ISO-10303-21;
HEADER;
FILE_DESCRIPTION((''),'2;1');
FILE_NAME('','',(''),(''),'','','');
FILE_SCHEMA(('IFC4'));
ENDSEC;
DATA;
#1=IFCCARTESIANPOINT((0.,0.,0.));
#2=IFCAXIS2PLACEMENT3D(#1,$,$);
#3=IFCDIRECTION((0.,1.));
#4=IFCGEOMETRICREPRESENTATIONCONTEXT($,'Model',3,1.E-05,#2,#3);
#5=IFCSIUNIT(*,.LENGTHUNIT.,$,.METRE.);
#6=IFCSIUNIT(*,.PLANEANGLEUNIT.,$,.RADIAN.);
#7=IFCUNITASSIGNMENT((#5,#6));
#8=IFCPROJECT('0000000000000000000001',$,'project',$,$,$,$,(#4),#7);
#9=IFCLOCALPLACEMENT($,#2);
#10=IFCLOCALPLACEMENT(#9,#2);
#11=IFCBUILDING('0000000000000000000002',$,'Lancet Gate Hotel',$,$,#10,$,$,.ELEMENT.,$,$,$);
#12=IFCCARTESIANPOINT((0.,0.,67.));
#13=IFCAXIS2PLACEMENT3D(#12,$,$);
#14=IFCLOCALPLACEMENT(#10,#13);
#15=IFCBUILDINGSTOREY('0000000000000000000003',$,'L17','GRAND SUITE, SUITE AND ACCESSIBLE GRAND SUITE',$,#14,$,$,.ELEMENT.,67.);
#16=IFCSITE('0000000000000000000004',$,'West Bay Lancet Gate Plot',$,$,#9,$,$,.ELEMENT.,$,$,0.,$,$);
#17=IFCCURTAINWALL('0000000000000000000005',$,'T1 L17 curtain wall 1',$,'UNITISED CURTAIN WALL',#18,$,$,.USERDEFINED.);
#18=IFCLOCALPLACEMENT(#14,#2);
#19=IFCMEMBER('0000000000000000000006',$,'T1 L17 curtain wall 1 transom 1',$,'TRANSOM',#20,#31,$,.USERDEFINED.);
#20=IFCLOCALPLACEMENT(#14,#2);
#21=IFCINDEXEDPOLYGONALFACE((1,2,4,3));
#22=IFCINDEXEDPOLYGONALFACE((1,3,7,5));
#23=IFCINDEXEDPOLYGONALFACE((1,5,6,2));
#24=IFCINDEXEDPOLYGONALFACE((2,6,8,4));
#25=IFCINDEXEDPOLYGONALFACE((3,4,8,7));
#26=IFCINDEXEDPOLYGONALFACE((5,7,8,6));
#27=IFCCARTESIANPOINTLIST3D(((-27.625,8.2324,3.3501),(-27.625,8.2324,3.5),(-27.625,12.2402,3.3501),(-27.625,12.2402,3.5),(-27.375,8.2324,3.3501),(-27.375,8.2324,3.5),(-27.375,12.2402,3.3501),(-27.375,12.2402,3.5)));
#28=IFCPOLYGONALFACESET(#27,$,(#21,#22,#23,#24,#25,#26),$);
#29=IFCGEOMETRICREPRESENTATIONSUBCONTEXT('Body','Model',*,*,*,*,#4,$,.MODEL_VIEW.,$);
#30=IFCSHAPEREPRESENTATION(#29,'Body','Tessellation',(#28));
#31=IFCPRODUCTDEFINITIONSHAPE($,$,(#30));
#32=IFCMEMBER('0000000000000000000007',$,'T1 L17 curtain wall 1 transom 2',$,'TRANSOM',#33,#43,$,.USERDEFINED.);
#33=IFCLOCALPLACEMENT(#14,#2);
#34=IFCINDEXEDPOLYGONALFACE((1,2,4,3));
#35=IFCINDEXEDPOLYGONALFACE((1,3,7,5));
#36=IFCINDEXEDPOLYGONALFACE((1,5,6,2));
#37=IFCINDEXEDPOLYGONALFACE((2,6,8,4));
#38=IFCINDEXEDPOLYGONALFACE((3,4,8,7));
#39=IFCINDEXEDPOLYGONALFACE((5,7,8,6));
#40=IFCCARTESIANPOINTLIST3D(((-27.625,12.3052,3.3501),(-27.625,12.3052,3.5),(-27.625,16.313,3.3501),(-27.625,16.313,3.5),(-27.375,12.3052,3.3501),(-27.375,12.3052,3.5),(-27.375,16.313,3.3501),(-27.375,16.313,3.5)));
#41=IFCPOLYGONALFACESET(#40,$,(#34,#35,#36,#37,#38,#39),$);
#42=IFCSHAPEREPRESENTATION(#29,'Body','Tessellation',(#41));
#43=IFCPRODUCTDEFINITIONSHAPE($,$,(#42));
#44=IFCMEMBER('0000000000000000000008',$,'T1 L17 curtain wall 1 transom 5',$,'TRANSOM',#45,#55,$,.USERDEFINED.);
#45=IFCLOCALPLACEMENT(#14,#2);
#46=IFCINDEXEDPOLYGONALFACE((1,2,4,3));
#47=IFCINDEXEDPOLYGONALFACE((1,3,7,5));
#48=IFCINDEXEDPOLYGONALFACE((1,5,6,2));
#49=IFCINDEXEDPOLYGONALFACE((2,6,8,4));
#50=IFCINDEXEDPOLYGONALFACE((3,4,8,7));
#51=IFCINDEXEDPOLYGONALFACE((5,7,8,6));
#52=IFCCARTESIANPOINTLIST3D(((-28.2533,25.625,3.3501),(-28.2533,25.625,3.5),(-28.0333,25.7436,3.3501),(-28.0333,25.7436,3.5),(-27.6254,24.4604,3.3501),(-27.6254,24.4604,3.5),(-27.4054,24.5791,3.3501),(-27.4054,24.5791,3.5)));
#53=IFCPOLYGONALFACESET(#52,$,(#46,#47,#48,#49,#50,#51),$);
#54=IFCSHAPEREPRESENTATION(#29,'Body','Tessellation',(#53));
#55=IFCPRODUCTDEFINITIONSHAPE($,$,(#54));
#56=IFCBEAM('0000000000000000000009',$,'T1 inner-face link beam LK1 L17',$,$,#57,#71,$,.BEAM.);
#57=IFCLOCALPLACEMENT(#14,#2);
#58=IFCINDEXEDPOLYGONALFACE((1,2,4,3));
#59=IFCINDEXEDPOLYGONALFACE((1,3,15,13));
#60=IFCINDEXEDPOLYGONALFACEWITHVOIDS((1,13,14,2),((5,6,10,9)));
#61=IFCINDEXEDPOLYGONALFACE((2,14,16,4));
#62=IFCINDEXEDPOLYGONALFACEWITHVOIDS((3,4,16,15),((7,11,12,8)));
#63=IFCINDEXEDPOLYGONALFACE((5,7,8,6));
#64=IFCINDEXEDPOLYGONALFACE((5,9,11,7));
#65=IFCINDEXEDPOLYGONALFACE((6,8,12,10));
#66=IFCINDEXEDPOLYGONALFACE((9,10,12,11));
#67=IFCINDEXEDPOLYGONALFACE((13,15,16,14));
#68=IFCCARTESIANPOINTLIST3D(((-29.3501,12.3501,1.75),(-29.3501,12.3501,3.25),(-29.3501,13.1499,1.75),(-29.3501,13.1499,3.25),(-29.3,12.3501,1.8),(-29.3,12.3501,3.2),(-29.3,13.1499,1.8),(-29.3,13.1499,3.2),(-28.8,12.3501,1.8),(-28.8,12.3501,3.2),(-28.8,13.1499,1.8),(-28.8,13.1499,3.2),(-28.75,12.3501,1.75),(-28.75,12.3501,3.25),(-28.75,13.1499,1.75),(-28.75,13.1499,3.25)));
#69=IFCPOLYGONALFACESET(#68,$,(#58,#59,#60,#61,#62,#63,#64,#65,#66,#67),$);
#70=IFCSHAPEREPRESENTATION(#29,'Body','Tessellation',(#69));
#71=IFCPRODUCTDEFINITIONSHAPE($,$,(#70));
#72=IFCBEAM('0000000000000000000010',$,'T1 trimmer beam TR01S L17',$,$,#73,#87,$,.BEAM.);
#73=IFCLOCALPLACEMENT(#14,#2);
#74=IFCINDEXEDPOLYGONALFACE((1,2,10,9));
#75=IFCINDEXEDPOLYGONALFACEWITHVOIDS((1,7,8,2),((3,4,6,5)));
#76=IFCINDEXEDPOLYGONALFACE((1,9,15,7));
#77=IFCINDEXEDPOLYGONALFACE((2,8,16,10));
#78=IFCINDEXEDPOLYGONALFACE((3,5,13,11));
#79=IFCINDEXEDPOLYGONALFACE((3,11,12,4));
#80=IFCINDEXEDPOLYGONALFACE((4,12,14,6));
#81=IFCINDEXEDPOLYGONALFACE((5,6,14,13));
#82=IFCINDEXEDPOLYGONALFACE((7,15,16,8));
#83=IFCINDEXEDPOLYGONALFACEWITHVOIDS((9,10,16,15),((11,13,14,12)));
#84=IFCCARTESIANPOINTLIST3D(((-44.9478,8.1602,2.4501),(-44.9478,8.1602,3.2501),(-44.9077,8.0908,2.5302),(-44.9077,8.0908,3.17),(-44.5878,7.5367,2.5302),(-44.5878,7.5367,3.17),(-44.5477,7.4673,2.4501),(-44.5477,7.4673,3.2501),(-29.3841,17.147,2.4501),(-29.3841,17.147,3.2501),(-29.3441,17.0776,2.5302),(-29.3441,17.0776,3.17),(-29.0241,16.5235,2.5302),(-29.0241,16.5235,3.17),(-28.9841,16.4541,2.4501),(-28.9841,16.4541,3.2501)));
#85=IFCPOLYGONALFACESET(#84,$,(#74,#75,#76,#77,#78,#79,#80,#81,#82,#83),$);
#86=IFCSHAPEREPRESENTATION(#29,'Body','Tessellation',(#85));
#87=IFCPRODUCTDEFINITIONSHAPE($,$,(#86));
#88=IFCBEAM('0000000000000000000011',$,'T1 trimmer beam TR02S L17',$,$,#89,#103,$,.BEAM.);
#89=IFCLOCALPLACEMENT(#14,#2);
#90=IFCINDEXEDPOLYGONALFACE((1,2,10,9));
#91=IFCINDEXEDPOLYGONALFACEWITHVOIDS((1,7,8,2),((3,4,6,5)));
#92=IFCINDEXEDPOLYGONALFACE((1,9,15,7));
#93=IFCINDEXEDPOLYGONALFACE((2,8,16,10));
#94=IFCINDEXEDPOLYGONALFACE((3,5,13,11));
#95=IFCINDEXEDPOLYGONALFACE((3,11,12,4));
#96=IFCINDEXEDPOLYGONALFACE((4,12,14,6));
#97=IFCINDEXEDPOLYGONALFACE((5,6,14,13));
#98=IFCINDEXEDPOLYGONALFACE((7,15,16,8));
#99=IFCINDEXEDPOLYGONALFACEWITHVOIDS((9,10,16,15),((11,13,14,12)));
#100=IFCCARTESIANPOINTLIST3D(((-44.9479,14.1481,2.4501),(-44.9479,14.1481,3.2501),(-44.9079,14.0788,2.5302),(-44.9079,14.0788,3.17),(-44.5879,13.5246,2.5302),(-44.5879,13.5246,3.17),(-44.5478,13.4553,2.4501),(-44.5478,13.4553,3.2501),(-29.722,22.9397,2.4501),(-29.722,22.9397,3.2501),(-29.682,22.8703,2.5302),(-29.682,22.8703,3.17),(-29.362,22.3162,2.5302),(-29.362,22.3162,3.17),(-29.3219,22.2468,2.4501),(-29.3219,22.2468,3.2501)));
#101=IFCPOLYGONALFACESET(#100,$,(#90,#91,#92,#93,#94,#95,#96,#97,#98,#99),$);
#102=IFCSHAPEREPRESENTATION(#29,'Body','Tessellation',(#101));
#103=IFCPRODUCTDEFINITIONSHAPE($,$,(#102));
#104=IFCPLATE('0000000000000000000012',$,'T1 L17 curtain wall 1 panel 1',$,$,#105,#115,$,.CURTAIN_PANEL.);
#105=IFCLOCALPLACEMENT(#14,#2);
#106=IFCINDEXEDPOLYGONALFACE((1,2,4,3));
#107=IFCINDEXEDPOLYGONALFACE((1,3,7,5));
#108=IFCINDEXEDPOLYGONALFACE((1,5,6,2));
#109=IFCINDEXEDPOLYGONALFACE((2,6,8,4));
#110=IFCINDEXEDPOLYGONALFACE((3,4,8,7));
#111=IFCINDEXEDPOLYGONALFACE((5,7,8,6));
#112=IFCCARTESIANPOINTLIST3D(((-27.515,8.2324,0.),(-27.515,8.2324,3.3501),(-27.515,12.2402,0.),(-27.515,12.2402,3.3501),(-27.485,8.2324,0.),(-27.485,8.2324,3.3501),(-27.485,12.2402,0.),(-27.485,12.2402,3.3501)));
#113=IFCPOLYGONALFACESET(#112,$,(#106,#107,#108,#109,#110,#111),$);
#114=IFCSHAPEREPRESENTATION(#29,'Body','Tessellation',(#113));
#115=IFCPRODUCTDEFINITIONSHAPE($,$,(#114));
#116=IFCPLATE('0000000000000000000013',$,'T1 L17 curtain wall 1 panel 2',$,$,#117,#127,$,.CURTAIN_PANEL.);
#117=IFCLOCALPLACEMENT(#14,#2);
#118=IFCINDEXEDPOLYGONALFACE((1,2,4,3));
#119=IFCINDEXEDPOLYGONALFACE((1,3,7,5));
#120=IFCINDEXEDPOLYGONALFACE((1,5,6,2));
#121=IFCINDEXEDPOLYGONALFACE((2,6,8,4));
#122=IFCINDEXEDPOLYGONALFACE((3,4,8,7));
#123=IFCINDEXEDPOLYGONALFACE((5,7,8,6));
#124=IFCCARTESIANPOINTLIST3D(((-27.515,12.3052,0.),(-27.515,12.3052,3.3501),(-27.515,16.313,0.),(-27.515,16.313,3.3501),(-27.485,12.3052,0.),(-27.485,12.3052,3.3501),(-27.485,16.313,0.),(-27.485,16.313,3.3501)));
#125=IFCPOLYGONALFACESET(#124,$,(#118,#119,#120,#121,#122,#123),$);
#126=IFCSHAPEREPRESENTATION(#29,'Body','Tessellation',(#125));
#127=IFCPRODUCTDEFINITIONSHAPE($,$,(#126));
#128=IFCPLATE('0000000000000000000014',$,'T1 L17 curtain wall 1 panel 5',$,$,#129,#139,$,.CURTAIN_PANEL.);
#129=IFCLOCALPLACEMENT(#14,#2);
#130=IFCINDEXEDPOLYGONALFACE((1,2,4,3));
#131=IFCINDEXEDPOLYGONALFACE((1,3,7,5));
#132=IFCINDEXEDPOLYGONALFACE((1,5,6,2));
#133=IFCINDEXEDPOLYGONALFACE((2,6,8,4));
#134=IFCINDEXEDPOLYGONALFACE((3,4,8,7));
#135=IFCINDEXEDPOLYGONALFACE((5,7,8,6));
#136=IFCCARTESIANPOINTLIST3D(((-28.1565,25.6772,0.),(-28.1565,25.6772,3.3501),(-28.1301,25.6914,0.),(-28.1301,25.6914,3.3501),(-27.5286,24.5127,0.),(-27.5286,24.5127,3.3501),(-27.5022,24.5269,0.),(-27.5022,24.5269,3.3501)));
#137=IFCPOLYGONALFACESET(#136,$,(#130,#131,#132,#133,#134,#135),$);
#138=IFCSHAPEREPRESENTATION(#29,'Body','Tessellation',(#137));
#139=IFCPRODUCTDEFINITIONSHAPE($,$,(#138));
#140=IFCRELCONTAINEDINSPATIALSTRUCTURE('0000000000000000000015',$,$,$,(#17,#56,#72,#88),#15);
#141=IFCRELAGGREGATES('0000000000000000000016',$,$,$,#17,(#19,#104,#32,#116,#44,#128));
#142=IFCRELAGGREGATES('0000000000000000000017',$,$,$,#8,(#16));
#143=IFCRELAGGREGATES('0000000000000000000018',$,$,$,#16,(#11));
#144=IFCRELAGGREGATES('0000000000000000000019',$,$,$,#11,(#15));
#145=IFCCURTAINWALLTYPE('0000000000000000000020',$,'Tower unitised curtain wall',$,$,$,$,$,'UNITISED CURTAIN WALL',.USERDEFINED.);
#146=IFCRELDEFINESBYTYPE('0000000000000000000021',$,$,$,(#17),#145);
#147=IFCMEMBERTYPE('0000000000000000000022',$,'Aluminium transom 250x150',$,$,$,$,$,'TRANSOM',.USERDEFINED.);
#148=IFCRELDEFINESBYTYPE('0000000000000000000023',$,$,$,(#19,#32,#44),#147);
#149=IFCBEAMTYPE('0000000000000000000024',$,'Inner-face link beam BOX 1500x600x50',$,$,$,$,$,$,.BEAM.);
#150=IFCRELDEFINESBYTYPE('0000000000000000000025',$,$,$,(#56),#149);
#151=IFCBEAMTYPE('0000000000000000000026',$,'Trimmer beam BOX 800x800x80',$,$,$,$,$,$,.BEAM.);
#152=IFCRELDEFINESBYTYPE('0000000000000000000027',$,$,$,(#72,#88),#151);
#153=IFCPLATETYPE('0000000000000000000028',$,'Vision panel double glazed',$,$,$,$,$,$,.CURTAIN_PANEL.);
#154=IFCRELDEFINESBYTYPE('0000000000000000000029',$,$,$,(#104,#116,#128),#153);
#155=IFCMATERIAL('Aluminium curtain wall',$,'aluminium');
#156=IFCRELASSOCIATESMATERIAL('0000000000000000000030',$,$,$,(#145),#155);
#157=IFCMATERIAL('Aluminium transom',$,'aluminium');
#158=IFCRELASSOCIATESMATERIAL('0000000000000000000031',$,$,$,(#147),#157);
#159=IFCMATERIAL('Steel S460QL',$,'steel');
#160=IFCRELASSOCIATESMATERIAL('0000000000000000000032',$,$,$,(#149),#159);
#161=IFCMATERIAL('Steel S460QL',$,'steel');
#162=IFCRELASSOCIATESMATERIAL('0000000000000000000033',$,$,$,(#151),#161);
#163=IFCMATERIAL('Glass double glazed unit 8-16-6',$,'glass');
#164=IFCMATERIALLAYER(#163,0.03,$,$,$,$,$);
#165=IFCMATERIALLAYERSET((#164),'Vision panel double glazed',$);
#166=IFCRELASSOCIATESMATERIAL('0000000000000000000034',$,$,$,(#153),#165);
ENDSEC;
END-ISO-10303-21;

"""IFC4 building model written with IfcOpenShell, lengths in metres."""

from ifc_helpers import new_model, si_unit, direction, frame, origin, origin_2d, place, context, subcontext, project, spatial, rectangle, hollow_rectangle, extrude, material, layer, layer_set, material_profile, profile_set, type_object, element, aggregate, save


model = new_model("IFC4")

# Units and contexts
model_context = context("Model", 3, precision=1e-05, world=origin(), true_north=direction((0.0, 1.0)))
body_context = subcontext(model_context, "Body", "Model", "MODEL_VIEW")
ifc_project = project(units=[si_unit("LENGTHUNIT", "METRE"), si_unit("PLANEANGLEUNIT", "RADIAN")], contexts=[model_context])

# Site, building, storey
site_placement = place(None, origin())
site = spatial("IfcSite", under=ifc_project, at=site_placement, Name="West Bay Lancet Gate Plot", CompositionType="ELEMENT", RefElevation=0.0)
building_placement = place(site_placement, origin())
building = spatial("IfcBuilding", under=site, at=building_placement, Name="Lancet Gate Hotel", CompositionType="ELEMENT")
storey_placement = place(building_placement, frame((0.0, 0.0, 67.0)))
storey = spatial("IfcBuildingStorey", under=building, at=storey_placement, Name="L17", Description="GRAND SUITE, SUITE AND ACCESSIBLE GRAND SUITE", CompositionType="ELEMENT", Elevation=67.0)

# Curtain wall, members
ifc_material_1 = material(Name="Aluminium curtain wall", Category="aluminium")
curtain_wall_type = type_object("IfcCurtainWallType", Name="Tower unitised curtain wall", ElementType="UNITISED CURTAIN WALL", PredefinedType="USERDEFINED", material=ifc_material_1)
curtain_wall_placement = place(storey_placement, origin())
curtain_wall = element("IfcCurtainWall", 1, at=curtain_wall_placement, inside=storey, type_object=curtain_wall_type, Name="T1 L17 curtain wall 1", ObjectType="UNITISED CURTAIN WALL", PredefinedType="USERDEFINED")
ifc_material_2 = material(Name="Aluminium transom", Category="aluminium")
ifc_material_profile_1 = material_profile(ifc_material_2, rectangle(XDim=0.25, YDim=0.1499, at=origin_2d()), Name="TRANSOM 250x150")
ifc_profile_set_1 = profile_set([ifc_material_profile_1], Name="Aluminium transom")
member_type_1 = type_object("IfcMemberType", Name="Aluminium transom 250x150", ElementType="TRANSOM", PredefinedType="USERDEFINED", material=ifc_profile_set_1)
member_1_placement = place(storey_placement, frame((-27.5, 8.2324, 3.425), z_axis=(0.0, 1.0, 0.0), x_axis=(-1.0, 0.0, 0.0)))
member_1 = element("IfcMember", 2, at=member_1_placement, type_object=member_type_1, Name="T1 L17 curtain wall 1 transom 1", ObjectType="TRANSOM", PredefinedType="USERDEFINED", context=body_context, shape_type="SweptSolid", body=[
    extrude(rectangle(XDim=0.25, YDim=0.1499, at=origin_2d()), origin(), (0.0, 0.0, 1.0), 4.0078),
])
member_2_placement = place(storey_placement, frame((-27.5, 12.3052, 3.425), z_axis=(0.0, 1.0, 0.0), x_axis=(-1.0, 0.0, 0.0)))
member_2 = element("IfcMember", 3, at=member_2_placement, type_object=member_type_1, Name="T1 L17 curtain wall 1 transom 2", ObjectType="TRANSOM", PredefinedType="USERDEFINED", context=body_context, shape_type="SweptSolid", body=[
    extrude(rectangle(XDim=0.25, YDim=0.1499, at=origin_2d()), origin(), (0.0, 0.0, 1.0), 4.0078),
])
member_3_placement = place(storey_placement, frame((-27.5154, 24.5198, 3.425), z_axis=(-0.474606, 0.880198, 0.0), x_axis=(-0.880198, -0.474606, 0.0)))
member_3 = element("IfcMember", 4, at=member_3_placement, type_object=member_type_1, Name="T1 L17 curtain wall 1 transom 5", ObjectType="TRANSOM", PredefinedType="USERDEFINED", context=body_context, shape_type="SweptSolid", body=[
    extrude(rectangle(XDim=0.25, YDim=0.1499, at=origin_2d()), origin(), (0.0, 0.0, 1.0), 1.323),
])

# Beams
ifc_material_3 = material(Name="Steel S460QL", Category="steel")
ifc_material_profile_2 = material_profile(ifc_material_3, hollow_rectangle(XDim=0.6001, YDim=1.5, WallThickness=0.05, at=origin_2d()), Name="BOX 1500x600x50")
ifc_profile_set_2 = profile_set([ifc_material_profile_2], Name="Steel S460QL")
beam_type_1 = type_object("IfcBeamType", Name="Inner-face link beam BOX 1500x600x50", PredefinedType="BEAM", material=ifc_profile_set_2)
beam_1_placement = place(storey_placement, frame((-29.05, 13.1499, 2.5), z_axis=(0.0, -1.0, 0.0), x_axis=(1.0, 0.0, 0.0)))
element("IfcBeam", 5, at=beam_1_placement, inside=storey, type_object=beam_type_1, Name="T1 inner-face link beam LK1 L17", PredefinedType="BEAM", context=body_context, shape_type="SweptSolid", body=[
    extrude(hollow_rectangle(XDim=0.6001, YDim=1.5, WallThickness=0.05, at=origin_2d()), origin(), (0.0, 0.0, 1.0), 0.7998),
])
ifc_material_4 = material(Name="Steel S460QL", Category="steel")
ifc_material_profile_3 = material_profile(ifc_material_4, hollow_rectangle(XDim=0.8, YDim=0.8, WallThickness=0.0801, at=origin_2d()), Name="BOX 800x800x80")
ifc_profile_set_3 = profile_set([ifc_material_profile_3], Name="Steel S460QL")
beam_type_2 = type_object("IfcBeamType", Name="Trimmer beam BOX 800x800x80", PredefinedType="BEAM", material=ifc_profile_set_3)
beam_2_placement = place(storey_placement, frame((-29.1841, 16.8005, 2.8501), z_axis=(-0.865999, -0.500046, 0.0), x_axis=(0.500046, -0.865999, 0.0)))
element("IfcBeam", 6, at=beam_2_placement, inside=storey, type_object=beam_type_2, Name="T1 trimmer beam TR01S L17", PredefinedType="BEAM", context=body_context, shape_type="SweptSolid", body=[
    extrude(hollow_rectangle(XDim=0.8, YDim=0.8, WallThickness=0.0801, at=origin_2d()), origin(), (0.0, 0.0, 1.0), 17.9719),
])
beam_3_placement = place(storey_placement, frame((-29.522, 22.5933, 2.8501), z_axis=(-0.866004, -0.500037, 0.0), x_axis=(0.500037, -0.866004, 0.0)))
element("IfcBeam", 7, at=beam_3_placement, inside=storey, type_object=beam_type_2, Name="T1 trimmer beam TR02S L17", PredefinedType="BEAM", context=body_context, shape_type="SweptSolid", body=[
    extrude(hollow_rectangle(XDim=0.8, YDim=0.8, WallThickness=0.0801, at=origin_2d()), origin(), (0.0, 0.0, 1.0), 17.5818),
])

# Plates
ifc_material_5 = material(Name="Glass double glazed unit 8-16-6", Category="glass")
ifc_layer_1 = layer(ifc_material_5, 0.03)
ifc_layer_set_1 = layer_set([ifc_layer_1], Name="Vision panel double glazed")
plate_type = type_object("IfcPlateType", Name="Vision panel double glazed", PredefinedType="CURTAIN_PANEL", material=ifc_layer_set_1)
plate_1_placement = place(storey_placement, frame((-27.5, 10.2363, 0.0), z_axis=(0.0, 0.0, 1.0), x_axis=(0.0, 1.0, 0.0)))
plate_1 = element("IfcPlate", 8, at=plate_1_placement, type_object=plate_type, Name="T1 L17 curtain wall 1 panel 1", PredefinedType="CURTAIN_PANEL", context=body_context, shape_type="SweptSolid", body=[
    extrude(rectangle(XDim=4.0078, YDim=0.03, at=origin_2d()), origin(), (0.0, 0.0, 1.0), 3.3501),
])
plate_2_placement = place(storey_placement, frame((-27.5, 14.3091, 0.0), z_axis=(0.0, 0.0, 1.0), x_axis=(0.0, 1.0, 0.0)))
plate_2 = element("IfcPlate", 9, at=plate_2_placement, type_object=plate_type, Name="T1 L17 curtain wall 1 panel 2", PredefinedType="CURTAIN_PANEL", context=body_context, shape_type="SweptSolid", body=[
    extrude(rectangle(XDim=4.0078, YDim=0.03, at=origin_2d()), origin(), (0.0, 0.0, 1.0), 3.3501),
])
plate_3_placement = place(storey_placement, frame((-27.8293, 25.1021, 0.0), z_axis=(0.0, 0.0, 1.0), x_axis=(-0.474631, 0.880185, 0.0)))
plate_3 = element("IfcPlate", 10, at=plate_3_placement, type_object=plate_type, Name="T1 L17 curtain wall 1 panel 5", PredefinedType="CURTAIN_PANEL", context=body_context, shape_type="SweptSolid", body=[
    extrude(rectangle(XDim=1.323, YDim=0.03, at=origin_2d()), origin(), (0.0, 0.0, 1.0), 3.3501),
])
aggregate(curtain_wall, [member_1, plate_1, member_2, plate_2, member_3, plate_3])

save(model, "model.ifc")
